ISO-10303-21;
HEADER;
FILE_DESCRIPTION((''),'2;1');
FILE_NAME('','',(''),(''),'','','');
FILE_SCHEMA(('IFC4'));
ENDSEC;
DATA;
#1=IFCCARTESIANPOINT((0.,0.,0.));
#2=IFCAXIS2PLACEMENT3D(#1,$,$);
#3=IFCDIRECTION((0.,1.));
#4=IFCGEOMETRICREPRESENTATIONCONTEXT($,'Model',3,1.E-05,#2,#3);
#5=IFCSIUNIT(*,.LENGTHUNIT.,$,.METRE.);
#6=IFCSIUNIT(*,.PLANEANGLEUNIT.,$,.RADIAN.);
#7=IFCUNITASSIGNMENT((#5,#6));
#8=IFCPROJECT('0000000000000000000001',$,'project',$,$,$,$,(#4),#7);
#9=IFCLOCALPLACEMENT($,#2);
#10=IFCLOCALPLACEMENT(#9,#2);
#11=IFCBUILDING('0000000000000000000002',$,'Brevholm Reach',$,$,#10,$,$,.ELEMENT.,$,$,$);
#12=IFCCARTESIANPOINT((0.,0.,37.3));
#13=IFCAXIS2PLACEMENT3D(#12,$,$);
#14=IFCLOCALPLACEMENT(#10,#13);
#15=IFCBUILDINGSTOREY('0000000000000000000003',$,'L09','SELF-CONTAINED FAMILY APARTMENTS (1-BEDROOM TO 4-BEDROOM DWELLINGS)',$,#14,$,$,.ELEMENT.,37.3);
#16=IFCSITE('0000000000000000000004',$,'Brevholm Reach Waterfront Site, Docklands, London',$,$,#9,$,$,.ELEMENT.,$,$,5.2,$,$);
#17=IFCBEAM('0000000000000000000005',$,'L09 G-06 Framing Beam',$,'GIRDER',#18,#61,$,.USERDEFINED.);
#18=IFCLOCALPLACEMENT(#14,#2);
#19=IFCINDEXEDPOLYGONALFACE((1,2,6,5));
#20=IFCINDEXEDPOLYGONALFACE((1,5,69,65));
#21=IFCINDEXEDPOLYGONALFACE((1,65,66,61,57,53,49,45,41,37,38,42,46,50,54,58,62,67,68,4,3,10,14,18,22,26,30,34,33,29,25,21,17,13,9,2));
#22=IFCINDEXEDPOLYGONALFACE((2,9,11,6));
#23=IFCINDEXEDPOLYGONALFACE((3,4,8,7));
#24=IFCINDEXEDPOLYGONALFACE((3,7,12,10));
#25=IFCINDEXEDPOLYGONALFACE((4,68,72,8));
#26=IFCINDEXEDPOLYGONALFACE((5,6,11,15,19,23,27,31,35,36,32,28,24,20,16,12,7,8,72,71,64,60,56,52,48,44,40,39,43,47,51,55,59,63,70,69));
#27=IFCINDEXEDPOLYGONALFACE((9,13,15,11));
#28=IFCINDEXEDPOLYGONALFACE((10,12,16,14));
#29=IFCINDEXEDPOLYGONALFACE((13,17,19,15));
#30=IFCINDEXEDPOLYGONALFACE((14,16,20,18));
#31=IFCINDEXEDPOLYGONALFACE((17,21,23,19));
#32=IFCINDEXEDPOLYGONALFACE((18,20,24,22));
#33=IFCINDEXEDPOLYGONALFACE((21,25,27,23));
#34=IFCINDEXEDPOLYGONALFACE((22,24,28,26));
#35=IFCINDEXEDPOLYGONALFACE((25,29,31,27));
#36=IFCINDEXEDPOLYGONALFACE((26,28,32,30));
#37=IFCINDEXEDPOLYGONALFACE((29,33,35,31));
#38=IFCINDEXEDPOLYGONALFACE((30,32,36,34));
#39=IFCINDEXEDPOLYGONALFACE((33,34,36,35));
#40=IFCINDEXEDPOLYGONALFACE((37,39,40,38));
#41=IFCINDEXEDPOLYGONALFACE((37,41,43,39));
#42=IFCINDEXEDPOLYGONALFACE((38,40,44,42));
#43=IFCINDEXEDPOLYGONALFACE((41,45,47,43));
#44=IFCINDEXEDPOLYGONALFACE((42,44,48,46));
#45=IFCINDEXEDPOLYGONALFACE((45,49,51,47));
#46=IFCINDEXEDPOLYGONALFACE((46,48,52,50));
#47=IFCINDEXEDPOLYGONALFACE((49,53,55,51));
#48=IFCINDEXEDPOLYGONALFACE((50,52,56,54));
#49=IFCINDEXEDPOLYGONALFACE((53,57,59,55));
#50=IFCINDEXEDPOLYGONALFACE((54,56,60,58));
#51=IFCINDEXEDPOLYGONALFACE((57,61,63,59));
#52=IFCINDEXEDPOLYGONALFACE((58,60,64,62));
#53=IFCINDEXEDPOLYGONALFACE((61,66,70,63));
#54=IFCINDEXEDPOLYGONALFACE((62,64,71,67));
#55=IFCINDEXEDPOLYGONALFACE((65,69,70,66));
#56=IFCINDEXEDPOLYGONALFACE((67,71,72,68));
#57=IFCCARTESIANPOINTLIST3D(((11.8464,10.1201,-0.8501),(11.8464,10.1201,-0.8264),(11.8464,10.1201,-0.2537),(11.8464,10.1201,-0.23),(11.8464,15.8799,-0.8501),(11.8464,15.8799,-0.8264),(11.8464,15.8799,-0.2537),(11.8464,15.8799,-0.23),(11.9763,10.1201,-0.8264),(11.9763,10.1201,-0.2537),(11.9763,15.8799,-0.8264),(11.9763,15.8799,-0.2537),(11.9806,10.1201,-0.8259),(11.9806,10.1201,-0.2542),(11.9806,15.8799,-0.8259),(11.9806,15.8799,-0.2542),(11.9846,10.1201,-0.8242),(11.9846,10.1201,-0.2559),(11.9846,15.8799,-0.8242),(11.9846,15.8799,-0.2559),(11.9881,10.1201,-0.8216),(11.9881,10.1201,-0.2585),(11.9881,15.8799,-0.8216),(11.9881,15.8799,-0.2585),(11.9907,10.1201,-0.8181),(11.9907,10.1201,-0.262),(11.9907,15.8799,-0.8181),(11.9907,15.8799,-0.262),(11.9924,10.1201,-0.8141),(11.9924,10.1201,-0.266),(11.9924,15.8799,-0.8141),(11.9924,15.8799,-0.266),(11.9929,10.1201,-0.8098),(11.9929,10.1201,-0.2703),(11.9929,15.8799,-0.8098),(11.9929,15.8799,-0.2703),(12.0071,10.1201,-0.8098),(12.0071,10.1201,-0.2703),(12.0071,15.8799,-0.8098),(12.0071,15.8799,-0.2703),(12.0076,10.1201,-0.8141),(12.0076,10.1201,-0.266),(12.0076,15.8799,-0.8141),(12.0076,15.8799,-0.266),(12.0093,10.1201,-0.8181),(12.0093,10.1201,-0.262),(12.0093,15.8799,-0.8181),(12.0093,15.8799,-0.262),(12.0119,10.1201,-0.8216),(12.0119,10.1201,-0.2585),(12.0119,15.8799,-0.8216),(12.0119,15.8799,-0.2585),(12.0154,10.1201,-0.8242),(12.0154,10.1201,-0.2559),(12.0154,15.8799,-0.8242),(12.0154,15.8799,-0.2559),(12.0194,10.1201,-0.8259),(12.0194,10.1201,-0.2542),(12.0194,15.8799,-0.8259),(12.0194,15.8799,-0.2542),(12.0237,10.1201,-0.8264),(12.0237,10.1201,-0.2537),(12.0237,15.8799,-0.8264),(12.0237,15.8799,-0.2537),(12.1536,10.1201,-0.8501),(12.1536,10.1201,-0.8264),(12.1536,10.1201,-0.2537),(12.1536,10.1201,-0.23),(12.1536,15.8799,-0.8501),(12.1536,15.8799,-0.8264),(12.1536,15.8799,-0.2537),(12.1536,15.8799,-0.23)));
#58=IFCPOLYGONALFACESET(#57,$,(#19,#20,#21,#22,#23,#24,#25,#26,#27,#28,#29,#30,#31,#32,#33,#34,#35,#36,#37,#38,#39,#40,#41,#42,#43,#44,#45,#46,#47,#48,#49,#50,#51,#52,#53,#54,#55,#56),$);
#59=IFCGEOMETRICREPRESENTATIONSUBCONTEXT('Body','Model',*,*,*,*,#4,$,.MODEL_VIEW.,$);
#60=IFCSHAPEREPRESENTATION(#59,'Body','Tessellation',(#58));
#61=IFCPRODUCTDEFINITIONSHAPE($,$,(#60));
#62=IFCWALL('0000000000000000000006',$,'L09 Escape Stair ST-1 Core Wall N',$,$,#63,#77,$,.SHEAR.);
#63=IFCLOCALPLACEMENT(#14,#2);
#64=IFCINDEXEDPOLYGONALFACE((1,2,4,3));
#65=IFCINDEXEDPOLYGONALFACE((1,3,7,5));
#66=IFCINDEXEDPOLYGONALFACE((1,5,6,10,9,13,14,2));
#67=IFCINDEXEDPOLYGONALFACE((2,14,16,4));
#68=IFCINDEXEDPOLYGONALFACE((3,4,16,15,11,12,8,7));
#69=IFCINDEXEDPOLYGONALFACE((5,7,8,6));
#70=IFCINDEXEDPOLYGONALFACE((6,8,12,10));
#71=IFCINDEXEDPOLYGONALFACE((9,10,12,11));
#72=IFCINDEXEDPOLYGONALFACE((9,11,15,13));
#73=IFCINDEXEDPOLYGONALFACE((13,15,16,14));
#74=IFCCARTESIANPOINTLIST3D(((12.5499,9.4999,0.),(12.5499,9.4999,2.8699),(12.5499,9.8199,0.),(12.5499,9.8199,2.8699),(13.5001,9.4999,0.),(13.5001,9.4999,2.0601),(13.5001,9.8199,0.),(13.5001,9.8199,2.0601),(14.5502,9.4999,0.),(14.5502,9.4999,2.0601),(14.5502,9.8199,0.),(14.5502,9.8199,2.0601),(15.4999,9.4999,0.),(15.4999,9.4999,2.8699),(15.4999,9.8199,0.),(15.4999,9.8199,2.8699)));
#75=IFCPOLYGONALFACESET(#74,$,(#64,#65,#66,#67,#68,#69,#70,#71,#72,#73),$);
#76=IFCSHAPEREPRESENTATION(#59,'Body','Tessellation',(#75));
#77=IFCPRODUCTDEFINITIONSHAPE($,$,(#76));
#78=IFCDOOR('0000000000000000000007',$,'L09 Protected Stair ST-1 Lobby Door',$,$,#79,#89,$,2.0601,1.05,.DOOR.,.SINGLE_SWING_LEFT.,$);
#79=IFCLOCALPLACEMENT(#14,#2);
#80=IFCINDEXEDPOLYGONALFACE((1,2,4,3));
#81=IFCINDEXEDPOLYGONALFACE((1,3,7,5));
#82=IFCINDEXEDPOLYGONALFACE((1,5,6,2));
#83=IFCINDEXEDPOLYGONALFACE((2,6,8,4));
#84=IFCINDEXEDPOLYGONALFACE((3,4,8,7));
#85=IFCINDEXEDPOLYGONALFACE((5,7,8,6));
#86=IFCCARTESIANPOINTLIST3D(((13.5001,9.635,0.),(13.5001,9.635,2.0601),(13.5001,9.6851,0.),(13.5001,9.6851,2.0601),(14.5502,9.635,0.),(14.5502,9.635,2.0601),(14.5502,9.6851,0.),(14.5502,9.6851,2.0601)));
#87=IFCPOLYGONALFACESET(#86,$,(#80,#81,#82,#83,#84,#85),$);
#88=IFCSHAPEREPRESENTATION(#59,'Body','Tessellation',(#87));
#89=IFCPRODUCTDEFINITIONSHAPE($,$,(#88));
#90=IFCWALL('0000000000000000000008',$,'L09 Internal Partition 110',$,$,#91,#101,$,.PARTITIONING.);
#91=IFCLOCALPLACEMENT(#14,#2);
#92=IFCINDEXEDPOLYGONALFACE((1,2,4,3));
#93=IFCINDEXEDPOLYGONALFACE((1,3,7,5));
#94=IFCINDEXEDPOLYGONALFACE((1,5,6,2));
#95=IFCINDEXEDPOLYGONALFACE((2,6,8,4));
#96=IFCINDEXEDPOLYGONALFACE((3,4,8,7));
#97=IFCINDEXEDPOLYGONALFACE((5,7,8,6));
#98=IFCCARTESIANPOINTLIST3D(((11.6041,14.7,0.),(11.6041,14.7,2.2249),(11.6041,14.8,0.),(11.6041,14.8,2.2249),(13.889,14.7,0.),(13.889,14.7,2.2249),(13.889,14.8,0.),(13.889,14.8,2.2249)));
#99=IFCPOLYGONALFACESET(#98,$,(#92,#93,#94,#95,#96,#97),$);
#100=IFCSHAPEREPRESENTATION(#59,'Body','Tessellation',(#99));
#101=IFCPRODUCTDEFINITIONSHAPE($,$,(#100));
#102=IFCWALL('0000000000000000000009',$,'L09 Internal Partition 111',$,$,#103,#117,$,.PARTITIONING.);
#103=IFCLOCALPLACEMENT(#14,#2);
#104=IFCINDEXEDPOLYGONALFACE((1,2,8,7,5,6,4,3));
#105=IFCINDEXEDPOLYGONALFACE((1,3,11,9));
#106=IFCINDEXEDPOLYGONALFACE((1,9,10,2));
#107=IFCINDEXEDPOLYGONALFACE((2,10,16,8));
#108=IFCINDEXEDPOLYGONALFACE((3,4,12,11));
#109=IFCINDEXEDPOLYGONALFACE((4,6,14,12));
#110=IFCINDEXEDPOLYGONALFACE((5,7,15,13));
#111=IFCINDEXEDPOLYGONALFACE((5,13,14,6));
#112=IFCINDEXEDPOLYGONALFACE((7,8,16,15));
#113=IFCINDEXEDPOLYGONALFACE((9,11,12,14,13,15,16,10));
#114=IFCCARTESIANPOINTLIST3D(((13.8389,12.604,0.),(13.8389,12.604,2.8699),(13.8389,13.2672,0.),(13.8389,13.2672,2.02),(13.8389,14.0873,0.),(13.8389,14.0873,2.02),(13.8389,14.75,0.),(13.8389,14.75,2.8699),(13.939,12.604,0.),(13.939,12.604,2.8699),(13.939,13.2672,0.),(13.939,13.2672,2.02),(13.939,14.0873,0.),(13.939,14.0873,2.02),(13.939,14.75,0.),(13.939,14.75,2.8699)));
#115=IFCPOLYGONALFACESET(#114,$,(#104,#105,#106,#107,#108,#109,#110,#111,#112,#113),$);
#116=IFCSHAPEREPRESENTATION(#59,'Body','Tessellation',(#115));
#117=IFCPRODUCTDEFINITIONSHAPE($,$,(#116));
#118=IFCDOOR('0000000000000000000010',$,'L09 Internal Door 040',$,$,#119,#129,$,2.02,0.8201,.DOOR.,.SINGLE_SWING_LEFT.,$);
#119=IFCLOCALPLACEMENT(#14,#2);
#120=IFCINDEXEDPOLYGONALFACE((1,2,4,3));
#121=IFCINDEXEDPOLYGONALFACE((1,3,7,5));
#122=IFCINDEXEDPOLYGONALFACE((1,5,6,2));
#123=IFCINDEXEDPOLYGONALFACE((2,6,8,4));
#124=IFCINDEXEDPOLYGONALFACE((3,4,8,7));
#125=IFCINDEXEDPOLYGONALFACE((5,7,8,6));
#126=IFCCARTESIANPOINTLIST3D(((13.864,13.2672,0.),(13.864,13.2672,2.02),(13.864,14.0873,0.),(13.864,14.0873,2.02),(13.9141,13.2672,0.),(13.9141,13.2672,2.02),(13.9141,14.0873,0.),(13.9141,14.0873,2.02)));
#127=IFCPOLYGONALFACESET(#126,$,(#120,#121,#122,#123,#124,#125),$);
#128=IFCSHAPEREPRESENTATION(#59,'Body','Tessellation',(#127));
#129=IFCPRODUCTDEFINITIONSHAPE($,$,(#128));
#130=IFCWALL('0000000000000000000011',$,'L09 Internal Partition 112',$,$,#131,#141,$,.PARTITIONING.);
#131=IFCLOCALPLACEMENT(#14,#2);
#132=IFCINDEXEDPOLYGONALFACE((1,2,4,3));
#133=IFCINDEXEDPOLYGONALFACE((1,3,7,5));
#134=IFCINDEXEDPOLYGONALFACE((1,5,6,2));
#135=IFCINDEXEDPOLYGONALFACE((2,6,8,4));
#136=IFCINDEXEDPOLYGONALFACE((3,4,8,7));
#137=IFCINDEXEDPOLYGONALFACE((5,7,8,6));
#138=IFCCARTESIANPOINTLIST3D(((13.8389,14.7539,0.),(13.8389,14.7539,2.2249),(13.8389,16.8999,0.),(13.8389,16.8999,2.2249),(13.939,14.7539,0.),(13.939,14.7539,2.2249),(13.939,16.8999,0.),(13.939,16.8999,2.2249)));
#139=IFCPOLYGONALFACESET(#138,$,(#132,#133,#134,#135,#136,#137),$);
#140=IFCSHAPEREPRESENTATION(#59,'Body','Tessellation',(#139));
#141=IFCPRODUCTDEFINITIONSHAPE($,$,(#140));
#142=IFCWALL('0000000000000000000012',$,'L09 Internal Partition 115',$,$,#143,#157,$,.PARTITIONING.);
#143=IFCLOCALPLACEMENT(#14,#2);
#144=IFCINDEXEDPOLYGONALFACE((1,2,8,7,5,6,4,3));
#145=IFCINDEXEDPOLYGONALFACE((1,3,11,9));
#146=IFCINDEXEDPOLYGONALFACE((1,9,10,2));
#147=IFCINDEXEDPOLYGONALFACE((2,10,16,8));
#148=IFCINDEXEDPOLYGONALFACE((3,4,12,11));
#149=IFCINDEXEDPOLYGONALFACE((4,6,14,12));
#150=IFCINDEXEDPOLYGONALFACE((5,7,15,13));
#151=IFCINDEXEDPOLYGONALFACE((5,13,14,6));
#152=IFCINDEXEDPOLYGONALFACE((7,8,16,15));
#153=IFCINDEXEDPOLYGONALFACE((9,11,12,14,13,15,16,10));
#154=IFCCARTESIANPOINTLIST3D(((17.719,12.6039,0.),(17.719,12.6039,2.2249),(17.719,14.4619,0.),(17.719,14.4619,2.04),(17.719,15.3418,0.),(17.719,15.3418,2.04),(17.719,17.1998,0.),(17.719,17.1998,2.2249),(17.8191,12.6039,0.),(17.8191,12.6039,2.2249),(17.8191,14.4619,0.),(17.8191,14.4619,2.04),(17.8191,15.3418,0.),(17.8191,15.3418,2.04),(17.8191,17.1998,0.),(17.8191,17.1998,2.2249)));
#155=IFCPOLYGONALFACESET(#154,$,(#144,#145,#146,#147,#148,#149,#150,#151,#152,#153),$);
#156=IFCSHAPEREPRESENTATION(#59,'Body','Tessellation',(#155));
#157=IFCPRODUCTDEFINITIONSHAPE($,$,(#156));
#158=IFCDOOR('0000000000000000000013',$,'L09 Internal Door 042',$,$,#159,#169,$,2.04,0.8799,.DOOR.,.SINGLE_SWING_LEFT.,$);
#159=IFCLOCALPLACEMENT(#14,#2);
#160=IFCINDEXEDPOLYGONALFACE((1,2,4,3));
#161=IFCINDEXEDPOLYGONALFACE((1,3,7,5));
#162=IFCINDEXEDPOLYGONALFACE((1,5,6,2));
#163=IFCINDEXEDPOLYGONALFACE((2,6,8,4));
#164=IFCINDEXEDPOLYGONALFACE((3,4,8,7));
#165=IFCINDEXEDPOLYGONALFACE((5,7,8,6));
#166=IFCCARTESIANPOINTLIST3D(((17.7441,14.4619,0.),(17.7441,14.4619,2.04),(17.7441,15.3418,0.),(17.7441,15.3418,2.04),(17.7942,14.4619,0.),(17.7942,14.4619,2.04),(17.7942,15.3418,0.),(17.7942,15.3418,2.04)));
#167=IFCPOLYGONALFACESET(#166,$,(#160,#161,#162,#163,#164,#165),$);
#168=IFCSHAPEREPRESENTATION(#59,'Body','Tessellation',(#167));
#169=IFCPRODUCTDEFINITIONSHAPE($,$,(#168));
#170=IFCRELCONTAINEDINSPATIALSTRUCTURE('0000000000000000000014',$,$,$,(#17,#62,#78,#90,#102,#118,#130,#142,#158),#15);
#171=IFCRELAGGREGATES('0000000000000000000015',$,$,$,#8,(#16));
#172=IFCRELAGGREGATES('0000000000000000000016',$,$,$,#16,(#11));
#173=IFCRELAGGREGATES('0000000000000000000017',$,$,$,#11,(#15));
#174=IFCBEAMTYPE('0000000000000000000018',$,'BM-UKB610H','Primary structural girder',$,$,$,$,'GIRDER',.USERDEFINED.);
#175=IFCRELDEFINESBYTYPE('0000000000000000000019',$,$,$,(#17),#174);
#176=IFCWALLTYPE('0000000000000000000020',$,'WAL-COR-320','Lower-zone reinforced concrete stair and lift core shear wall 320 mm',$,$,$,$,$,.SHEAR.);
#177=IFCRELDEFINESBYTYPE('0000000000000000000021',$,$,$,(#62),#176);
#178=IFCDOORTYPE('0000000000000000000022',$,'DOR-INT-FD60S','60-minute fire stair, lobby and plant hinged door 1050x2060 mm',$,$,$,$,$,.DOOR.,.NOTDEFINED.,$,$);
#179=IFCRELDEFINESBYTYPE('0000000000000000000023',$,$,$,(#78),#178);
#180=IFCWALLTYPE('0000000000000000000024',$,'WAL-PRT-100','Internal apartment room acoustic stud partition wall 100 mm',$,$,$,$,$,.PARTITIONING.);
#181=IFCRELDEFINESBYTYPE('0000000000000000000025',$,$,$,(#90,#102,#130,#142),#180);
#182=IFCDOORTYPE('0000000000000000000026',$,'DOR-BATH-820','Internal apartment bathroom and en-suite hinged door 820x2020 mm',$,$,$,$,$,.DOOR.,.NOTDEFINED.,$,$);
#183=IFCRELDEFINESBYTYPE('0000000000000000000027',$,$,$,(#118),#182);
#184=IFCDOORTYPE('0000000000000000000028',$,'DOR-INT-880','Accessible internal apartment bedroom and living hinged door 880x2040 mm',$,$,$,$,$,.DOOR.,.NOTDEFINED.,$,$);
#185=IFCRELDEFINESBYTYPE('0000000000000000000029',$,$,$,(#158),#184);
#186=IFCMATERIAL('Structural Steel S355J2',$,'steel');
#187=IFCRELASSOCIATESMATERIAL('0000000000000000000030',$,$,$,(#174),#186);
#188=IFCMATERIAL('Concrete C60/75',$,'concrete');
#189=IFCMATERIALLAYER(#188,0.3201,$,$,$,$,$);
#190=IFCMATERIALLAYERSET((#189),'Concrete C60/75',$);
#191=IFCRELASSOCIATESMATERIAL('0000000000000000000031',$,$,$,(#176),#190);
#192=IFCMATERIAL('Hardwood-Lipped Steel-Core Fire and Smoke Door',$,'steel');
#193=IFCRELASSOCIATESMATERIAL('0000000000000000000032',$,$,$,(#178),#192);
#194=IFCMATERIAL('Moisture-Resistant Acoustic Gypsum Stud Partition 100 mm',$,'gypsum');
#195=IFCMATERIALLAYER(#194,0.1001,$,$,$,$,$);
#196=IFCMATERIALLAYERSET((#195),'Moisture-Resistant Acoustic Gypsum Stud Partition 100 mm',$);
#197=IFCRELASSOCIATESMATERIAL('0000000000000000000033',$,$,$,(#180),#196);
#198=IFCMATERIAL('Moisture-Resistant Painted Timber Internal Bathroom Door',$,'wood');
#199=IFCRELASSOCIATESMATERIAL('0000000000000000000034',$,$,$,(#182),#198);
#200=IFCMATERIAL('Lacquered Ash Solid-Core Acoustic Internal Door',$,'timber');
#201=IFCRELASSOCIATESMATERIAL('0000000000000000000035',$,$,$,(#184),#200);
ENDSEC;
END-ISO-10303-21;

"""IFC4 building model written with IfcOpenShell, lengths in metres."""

from ifc_helpers import new_model, si_unit, direction, frame, frame_2d, origin, origin_2d, place, context, subcontext, project, spatial, rectangle, i_section, extrude, material, layer, layer_set, material_profile, profile_set, type_object, element, fill, save


model = new_model("IFC4")

# Units and contexts
model_context = context("Model", 3, precision=1e-05, world=origin(), true_north=direction((0.0, 1.0)))
body_context = subcontext(model_context, "Body", "Model", "MODEL_VIEW")
ifc_project = project(units=[si_unit("LENGTHUNIT", "METRE"), si_unit("PLANEANGLEUNIT", "RADIAN")], contexts=[model_context])

# Site, building, storey
site_placement = place(None, origin())
site = spatial("IfcSite", under=ifc_project, at=site_placement, Name="Brevholm Reach Waterfront Site, Docklands, London", CompositionType="ELEMENT", RefElevation=5.2)
building_placement = place(site_placement, origin())
building = spatial("IfcBuilding", under=site, at=building_placement, Name="Brevholm Reach", CompositionType="ELEMENT")
storey_placement = place(building_placement, frame((0.0, 0.0, 37.3)))
storey = spatial("IfcBuildingStorey", under=building, at=storey_placement, Name="L09", Description="SELF-CONTAINED FAMILY APARTMENTS (1-BEDROOM TO 4-BEDROOM DWELLINGS)", CompositionType="ELEMENT", Elevation=37.3)

# Beam
ifc_material_1 = material(Name="Structural Steel S355J2", Category="steel")
ifc_material_profile_1 = material_profile(ifc_material_1, i_section(OverallWidth=0.3071, OverallDepth=0.6201, WebThickness=0.0142, FlangeThickness=0.0237, FilletRadius=0.0166, at=origin_2d()), Name="UKB 610x305x179")
ifc_profile_set_1 = profile_set([ifc_material_profile_1], Name="Structural Steel S355J2")
beam_type = type_object("IfcBeamType", Name="BM-UKB610H", Description="Primary structural girder", ElementType="GIRDER", PredefinedType="USERDEFINED", material=ifc_profile_set_1)
for number, where, z_axis, x_axis, name in (
    (1, (12.0, 10.1201, -0.54), (0.0, 1.0, 0.0), (-1.0, 0.0, 0.0), "L09 G-06 Framing Beam"),
):
    element("IfcBeam", number, at=place(storey_placement, frame(where, z_axis=z_axis, x_axis=x_axis)), inside=storey, type_object=beam_type, Name=name, ObjectType="GIRDER", PredefinedType="USERDEFINED", context=body_context, shape_type="SweptSolid", body=[
        extrude(i_section(OverallWidth=0.3071, OverallDepth=0.6201, WebThickness=0.0142, FlangeThickness=0.0237, FilletRadius=0.0166, at=origin_2d()), origin(), (0.0, 0.0, 1.0), 5.7598),
    ])

# Wall, opening, door
ifc_material_2 = material(Name="Concrete C60/75", Category="concrete")
ifc_layer_1 = layer(ifc_material_2, 0.3201)
ifc_layer_set_1 = layer_set([ifc_layer_1], Name="Concrete C60/75")
wall_type_1 = type_object("IfcWallType", Name="WAL-COR-320", Description="Lower-zone reinforced concrete stair and lift core shear wall 320 mm", PredefinedType="SHEAR", material=ifc_layer_set_1)
wall_1_placement = place(storey_placement, frame((15.5, 9.6599, 0.0), z_axis=(0.0, 0.0, 1.0), x_axis=(-1.0, 0.0, 0.0)))
wall_1 = element("IfcWall", 2, at=wall_1_placement, inside=storey, type_object=wall_type_1, Name="L09 Escape Stair ST-1 Core Wall N", PredefinedType="SHEAR", context=body_context, shape_type="SweptSolid", body=[
    extrude(rectangle(XDim=2.95, YDim=0.3201, at=frame_2d((1.4751, 0.0))), origin(), (0.0, 0.0, 1.0), 2.8699),
])
opening_1_placement = place(wall_1_placement, frame((0.95, 0.0, 0.0)))
opening_1 = element("IfcOpeningElement", 3, at=opening_1_placement, cuts=wall_1, PredefinedType="OPENING", context=body_context, shape_type="SweptSolid", body=[
    extrude(rectangle(XDim=1.05, YDim=2.0601, at=frame_2d((0.5249, 1.03))), frame((0.0, 0.1699, 0.0), z_axis=(0.0, -1.0, 0.0), x_axis=(1.0, 0.0, 0.0)), (0.0, 0.0, 1.0), 0.3401),
])
ifc_material_3 = material(Name="Hardwood-Lipped Steel-Core Fire and Smoke Door", Category="steel")
door_type_1 = type_object("IfcDoorType", Name="DOR-INT-FD60S", Description="60-minute fire stair, lobby and plant hinged door 1050x2060 mm", OperationType="NOTDEFINED", PredefinedType="DOOR", material=ifc_material_3)
door_1_placement = place(opening_1_placement, origin())
door_1 = element("IfcDoor", 4, at=door_1_placement, inside=storey, type_object=door_type_1, Name="L09 Protected Stair ST-1 Lobby Door", OperationType="SINGLE_SWING_LEFT", OverallHeight=2.0601, OverallWidth=1.05, PredefinedType="DOOR", context=body_context, shape_type="SweptSolid", body=[
    extrude(rectangle(XDim=1.05, YDim=2.0601, at=frame_2d((0.5249, 1.03))), frame((0.0, 0.0249, 0.0), z_axis=(0.0, -1.0, 0.0), x_axis=(1.0, 0.0, 0.0)), (0.0, 0.0, 1.0), 0.05),
])
fill(opening_1, door_1)

# Wall
ifc_material_4 = material(Name="Moisture-Resistant Acoustic Gypsum Stud Partition 100 mm", Category="gypsum")
ifc_layer_2 = layer(ifc_material_4, 0.1001)
ifc_layer_set_2 = layer_set([ifc_layer_2], Name="Moisture-Resistant Acoustic Gypsum Stud Partition 100 mm")
wall_type_2 = type_object("IfcWallType", Name="WAL-PRT-100", Description="Internal apartment room acoustic stud partition wall 100 mm", PredefinedType="PARTITIONING", material=ifc_layer_set_2)
wall_2_placement = place(storey_placement, frame((11.604, 14.75, 0.0), z_axis=(0.0, 0.0, 1.0), x_axis=(1.0, 0.0, 0.0)))
element("IfcWall", 5, at=wall_2_placement, inside=storey, type_object=wall_type_2, Name="L09 Internal Partition 110", PredefinedType="PARTITIONING", context=body_context, shape_type="SweptSolid", body=[
    extrude(rectangle(XDim=2.2849, YDim=0.1001, at=frame_2d((1.1426, 0.0))), origin(), (0.0, 0.0, 1.0), 2.2249),
])

# Wall, opening, door
wall_3_placement = place(storey_placement, frame((13.8889, 12.604, 0.0), z_axis=(0.0, 0.0, 1.0), x_axis=(0.0, 1.0, 0.0)))
wall_3 = element("IfcWall", 6, at=wall_3_placement, inside=storey, type_object=wall_type_2, Name="L09 Internal Partition 111", PredefinedType="PARTITIONING", context=body_context, shape_type="SweptSolid", body=[
    extrude(rectangle(XDim=2.146, YDim=0.1001, at=frame_2d((1.073, 0.0))), origin(), (0.0, 0.0, 1.0), 2.8699),
])
opening_2_placement = place(wall_3_placement, frame((0.6631, 0.0, 0.0)))
opening_2 = element("IfcOpeningElement", 7, at=opening_2_placement, cuts=wall_3, PredefinedType="OPENING", context=body_context, shape_type="SweptSolid", body=[
    extrude(rectangle(XDim=0.8201, YDim=2.02, at=frame_2d((0.4102, 1.01))), frame((0.0, 0.0601, 0.0), z_axis=(0.0, -1.0, 0.0), x_axis=(1.0, 0.0, 0.0)), (0.0, 0.0, 1.0), 0.1201),
])
ifc_material_5 = material(Name="Moisture-Resistant Painted Timber Internal Bathroom Door", Category="wood")
door_type_2 = type_object("IfcDoorType", Name="DOR-BATH-820", Description="Internal apartment bathroom and en-suite hinged door 820x2020 mm", OperationType="NOTDEFINED", PredefinedType="DOOR", material=ifc_material_5)
door_2_placement = place(opening_2_placement, origin())
door_2 = element("IfcDoor", 8, at=door_2_placement, inside=storey, type_object=door_type_2, Name="L09 Internal Door 040", OperationType="SINGLE_SWING_LEFT", OverallHeight=2.02, OverallWidth=0.8201, PredefinedType="DOOR", context=body_context, shape_type="SweptSolid", body=[
    extrude(rectangle(XDim=0.8201, YDim=2.02, at=frame_2d((0.4102, 1.01))), frame((0.0, 0.0249, 0.0), z_axis=(0.0, -1.0, 0.0), x_axis=(1.0, 0.0, 0.0)), (0.0, 0.0, 1.0), 0.05),
])
fill(opening_2, door_2)

# Wall
wall_4_placement = place(storey_placement, frame((13.8889, 14.7539, 0.0), z_axis=(0.0, 0.0, 1.0), x_axis=(0.0, 1.0, 0.0)))
element("IfcWall", 9, at=wall_4_placement, inside=storey, type_object=wall_type_2, Name="L09 Internal Partition 112", PredefinedType="PARTITIONING", context=body_context, shape_type="SweptSolid", body=[
    extrude(rectangle(XDim=2.146, YDim=0.1001, at=frame_2d((1.073, 0.0))), origin(), (0.0, 0.0, 1.0), 2.2249),
])

# Wall, opening, door
wall_5_placement = place(storey_placement, frame((17.769, 12.604, 0.0), z_axis=(0.0, 0.0, 1.0), x_axis=(0.0, 1.0, 0.0)))
wall_5 = element("IfcWall", 10, at=wall_5_placement, inside=storey, type_object=wall_type_2, Name="L09 Internal Partition 115", PredefinedType="PARTITIONING", context=body_context, shape_type="SweptSolid", body=[
    extrude(rectangle(XDim=4.5959, YDim=0.1001, at=frame_2d((2.2979, 0.0))), origin(), (0.0, 0.0, 1.0), 2.2249),
])
opening_3_placement = place(wall_5_placement, frame((1.8579, 0.0, 0.0)))
opening_3 = element("IfcOpeningElement", 11, at=opening_3_placement, cuts=wall_5, PredefinedType="OPENING", context=body_context, shape_type="SweptSolid", body=[
    extrude(rectangle(XDim=0.8799, YDim=2.04, at=frame_2d((0.4399, 1.02))), frame((0.0, 0.0601, 0.0), z_axis=(0.0, -1.0, 0.0), x_axis=(1.0, 0.0, 0.0)), (0.0, 0.0, 1.0), 0.1201),
])
ifc_material_6 = material(Name="Lacquered Ash Solid-Core Acoustic Internal Door", Category="timber")
door_type_3 = type_object("IfcDoorType", Name="DOR-INT-880", Description="Accessible internal apartment bedroom and living hinged door 880x2040 mm", OperationType="NOTDEFINED", PredefinedType="DOOR", material=ifc_material_6)
door_3_placement = place(opening_3_placement, origin())
door_3 = element("IfcDoor", 12, at=door_3_placement, inside=storey, type_object=door_type_3, Name="L09 Internal Door 042", OperationType="SINGLE_SWING_LEFT", OverallHeight=2.04, OverallWidth=0.8799, PredefinedType="DOOR", context=body_context, shape_type="SweptSolid", body=[
    extrude(rectangle(XDim=0.8799, YDim=2.04, at=frame_2d((0.4399, 1.02))), frame((0.0, 0.0249, 0.0), z_axis=(0.0, -1.0, 0.0), x_axis=(1.0, 0.0, 0.0)), (0.0, 0.0, 1.0), 0.05),
])
fill(opening_3, door_3)

save(model, "model.ifc")
